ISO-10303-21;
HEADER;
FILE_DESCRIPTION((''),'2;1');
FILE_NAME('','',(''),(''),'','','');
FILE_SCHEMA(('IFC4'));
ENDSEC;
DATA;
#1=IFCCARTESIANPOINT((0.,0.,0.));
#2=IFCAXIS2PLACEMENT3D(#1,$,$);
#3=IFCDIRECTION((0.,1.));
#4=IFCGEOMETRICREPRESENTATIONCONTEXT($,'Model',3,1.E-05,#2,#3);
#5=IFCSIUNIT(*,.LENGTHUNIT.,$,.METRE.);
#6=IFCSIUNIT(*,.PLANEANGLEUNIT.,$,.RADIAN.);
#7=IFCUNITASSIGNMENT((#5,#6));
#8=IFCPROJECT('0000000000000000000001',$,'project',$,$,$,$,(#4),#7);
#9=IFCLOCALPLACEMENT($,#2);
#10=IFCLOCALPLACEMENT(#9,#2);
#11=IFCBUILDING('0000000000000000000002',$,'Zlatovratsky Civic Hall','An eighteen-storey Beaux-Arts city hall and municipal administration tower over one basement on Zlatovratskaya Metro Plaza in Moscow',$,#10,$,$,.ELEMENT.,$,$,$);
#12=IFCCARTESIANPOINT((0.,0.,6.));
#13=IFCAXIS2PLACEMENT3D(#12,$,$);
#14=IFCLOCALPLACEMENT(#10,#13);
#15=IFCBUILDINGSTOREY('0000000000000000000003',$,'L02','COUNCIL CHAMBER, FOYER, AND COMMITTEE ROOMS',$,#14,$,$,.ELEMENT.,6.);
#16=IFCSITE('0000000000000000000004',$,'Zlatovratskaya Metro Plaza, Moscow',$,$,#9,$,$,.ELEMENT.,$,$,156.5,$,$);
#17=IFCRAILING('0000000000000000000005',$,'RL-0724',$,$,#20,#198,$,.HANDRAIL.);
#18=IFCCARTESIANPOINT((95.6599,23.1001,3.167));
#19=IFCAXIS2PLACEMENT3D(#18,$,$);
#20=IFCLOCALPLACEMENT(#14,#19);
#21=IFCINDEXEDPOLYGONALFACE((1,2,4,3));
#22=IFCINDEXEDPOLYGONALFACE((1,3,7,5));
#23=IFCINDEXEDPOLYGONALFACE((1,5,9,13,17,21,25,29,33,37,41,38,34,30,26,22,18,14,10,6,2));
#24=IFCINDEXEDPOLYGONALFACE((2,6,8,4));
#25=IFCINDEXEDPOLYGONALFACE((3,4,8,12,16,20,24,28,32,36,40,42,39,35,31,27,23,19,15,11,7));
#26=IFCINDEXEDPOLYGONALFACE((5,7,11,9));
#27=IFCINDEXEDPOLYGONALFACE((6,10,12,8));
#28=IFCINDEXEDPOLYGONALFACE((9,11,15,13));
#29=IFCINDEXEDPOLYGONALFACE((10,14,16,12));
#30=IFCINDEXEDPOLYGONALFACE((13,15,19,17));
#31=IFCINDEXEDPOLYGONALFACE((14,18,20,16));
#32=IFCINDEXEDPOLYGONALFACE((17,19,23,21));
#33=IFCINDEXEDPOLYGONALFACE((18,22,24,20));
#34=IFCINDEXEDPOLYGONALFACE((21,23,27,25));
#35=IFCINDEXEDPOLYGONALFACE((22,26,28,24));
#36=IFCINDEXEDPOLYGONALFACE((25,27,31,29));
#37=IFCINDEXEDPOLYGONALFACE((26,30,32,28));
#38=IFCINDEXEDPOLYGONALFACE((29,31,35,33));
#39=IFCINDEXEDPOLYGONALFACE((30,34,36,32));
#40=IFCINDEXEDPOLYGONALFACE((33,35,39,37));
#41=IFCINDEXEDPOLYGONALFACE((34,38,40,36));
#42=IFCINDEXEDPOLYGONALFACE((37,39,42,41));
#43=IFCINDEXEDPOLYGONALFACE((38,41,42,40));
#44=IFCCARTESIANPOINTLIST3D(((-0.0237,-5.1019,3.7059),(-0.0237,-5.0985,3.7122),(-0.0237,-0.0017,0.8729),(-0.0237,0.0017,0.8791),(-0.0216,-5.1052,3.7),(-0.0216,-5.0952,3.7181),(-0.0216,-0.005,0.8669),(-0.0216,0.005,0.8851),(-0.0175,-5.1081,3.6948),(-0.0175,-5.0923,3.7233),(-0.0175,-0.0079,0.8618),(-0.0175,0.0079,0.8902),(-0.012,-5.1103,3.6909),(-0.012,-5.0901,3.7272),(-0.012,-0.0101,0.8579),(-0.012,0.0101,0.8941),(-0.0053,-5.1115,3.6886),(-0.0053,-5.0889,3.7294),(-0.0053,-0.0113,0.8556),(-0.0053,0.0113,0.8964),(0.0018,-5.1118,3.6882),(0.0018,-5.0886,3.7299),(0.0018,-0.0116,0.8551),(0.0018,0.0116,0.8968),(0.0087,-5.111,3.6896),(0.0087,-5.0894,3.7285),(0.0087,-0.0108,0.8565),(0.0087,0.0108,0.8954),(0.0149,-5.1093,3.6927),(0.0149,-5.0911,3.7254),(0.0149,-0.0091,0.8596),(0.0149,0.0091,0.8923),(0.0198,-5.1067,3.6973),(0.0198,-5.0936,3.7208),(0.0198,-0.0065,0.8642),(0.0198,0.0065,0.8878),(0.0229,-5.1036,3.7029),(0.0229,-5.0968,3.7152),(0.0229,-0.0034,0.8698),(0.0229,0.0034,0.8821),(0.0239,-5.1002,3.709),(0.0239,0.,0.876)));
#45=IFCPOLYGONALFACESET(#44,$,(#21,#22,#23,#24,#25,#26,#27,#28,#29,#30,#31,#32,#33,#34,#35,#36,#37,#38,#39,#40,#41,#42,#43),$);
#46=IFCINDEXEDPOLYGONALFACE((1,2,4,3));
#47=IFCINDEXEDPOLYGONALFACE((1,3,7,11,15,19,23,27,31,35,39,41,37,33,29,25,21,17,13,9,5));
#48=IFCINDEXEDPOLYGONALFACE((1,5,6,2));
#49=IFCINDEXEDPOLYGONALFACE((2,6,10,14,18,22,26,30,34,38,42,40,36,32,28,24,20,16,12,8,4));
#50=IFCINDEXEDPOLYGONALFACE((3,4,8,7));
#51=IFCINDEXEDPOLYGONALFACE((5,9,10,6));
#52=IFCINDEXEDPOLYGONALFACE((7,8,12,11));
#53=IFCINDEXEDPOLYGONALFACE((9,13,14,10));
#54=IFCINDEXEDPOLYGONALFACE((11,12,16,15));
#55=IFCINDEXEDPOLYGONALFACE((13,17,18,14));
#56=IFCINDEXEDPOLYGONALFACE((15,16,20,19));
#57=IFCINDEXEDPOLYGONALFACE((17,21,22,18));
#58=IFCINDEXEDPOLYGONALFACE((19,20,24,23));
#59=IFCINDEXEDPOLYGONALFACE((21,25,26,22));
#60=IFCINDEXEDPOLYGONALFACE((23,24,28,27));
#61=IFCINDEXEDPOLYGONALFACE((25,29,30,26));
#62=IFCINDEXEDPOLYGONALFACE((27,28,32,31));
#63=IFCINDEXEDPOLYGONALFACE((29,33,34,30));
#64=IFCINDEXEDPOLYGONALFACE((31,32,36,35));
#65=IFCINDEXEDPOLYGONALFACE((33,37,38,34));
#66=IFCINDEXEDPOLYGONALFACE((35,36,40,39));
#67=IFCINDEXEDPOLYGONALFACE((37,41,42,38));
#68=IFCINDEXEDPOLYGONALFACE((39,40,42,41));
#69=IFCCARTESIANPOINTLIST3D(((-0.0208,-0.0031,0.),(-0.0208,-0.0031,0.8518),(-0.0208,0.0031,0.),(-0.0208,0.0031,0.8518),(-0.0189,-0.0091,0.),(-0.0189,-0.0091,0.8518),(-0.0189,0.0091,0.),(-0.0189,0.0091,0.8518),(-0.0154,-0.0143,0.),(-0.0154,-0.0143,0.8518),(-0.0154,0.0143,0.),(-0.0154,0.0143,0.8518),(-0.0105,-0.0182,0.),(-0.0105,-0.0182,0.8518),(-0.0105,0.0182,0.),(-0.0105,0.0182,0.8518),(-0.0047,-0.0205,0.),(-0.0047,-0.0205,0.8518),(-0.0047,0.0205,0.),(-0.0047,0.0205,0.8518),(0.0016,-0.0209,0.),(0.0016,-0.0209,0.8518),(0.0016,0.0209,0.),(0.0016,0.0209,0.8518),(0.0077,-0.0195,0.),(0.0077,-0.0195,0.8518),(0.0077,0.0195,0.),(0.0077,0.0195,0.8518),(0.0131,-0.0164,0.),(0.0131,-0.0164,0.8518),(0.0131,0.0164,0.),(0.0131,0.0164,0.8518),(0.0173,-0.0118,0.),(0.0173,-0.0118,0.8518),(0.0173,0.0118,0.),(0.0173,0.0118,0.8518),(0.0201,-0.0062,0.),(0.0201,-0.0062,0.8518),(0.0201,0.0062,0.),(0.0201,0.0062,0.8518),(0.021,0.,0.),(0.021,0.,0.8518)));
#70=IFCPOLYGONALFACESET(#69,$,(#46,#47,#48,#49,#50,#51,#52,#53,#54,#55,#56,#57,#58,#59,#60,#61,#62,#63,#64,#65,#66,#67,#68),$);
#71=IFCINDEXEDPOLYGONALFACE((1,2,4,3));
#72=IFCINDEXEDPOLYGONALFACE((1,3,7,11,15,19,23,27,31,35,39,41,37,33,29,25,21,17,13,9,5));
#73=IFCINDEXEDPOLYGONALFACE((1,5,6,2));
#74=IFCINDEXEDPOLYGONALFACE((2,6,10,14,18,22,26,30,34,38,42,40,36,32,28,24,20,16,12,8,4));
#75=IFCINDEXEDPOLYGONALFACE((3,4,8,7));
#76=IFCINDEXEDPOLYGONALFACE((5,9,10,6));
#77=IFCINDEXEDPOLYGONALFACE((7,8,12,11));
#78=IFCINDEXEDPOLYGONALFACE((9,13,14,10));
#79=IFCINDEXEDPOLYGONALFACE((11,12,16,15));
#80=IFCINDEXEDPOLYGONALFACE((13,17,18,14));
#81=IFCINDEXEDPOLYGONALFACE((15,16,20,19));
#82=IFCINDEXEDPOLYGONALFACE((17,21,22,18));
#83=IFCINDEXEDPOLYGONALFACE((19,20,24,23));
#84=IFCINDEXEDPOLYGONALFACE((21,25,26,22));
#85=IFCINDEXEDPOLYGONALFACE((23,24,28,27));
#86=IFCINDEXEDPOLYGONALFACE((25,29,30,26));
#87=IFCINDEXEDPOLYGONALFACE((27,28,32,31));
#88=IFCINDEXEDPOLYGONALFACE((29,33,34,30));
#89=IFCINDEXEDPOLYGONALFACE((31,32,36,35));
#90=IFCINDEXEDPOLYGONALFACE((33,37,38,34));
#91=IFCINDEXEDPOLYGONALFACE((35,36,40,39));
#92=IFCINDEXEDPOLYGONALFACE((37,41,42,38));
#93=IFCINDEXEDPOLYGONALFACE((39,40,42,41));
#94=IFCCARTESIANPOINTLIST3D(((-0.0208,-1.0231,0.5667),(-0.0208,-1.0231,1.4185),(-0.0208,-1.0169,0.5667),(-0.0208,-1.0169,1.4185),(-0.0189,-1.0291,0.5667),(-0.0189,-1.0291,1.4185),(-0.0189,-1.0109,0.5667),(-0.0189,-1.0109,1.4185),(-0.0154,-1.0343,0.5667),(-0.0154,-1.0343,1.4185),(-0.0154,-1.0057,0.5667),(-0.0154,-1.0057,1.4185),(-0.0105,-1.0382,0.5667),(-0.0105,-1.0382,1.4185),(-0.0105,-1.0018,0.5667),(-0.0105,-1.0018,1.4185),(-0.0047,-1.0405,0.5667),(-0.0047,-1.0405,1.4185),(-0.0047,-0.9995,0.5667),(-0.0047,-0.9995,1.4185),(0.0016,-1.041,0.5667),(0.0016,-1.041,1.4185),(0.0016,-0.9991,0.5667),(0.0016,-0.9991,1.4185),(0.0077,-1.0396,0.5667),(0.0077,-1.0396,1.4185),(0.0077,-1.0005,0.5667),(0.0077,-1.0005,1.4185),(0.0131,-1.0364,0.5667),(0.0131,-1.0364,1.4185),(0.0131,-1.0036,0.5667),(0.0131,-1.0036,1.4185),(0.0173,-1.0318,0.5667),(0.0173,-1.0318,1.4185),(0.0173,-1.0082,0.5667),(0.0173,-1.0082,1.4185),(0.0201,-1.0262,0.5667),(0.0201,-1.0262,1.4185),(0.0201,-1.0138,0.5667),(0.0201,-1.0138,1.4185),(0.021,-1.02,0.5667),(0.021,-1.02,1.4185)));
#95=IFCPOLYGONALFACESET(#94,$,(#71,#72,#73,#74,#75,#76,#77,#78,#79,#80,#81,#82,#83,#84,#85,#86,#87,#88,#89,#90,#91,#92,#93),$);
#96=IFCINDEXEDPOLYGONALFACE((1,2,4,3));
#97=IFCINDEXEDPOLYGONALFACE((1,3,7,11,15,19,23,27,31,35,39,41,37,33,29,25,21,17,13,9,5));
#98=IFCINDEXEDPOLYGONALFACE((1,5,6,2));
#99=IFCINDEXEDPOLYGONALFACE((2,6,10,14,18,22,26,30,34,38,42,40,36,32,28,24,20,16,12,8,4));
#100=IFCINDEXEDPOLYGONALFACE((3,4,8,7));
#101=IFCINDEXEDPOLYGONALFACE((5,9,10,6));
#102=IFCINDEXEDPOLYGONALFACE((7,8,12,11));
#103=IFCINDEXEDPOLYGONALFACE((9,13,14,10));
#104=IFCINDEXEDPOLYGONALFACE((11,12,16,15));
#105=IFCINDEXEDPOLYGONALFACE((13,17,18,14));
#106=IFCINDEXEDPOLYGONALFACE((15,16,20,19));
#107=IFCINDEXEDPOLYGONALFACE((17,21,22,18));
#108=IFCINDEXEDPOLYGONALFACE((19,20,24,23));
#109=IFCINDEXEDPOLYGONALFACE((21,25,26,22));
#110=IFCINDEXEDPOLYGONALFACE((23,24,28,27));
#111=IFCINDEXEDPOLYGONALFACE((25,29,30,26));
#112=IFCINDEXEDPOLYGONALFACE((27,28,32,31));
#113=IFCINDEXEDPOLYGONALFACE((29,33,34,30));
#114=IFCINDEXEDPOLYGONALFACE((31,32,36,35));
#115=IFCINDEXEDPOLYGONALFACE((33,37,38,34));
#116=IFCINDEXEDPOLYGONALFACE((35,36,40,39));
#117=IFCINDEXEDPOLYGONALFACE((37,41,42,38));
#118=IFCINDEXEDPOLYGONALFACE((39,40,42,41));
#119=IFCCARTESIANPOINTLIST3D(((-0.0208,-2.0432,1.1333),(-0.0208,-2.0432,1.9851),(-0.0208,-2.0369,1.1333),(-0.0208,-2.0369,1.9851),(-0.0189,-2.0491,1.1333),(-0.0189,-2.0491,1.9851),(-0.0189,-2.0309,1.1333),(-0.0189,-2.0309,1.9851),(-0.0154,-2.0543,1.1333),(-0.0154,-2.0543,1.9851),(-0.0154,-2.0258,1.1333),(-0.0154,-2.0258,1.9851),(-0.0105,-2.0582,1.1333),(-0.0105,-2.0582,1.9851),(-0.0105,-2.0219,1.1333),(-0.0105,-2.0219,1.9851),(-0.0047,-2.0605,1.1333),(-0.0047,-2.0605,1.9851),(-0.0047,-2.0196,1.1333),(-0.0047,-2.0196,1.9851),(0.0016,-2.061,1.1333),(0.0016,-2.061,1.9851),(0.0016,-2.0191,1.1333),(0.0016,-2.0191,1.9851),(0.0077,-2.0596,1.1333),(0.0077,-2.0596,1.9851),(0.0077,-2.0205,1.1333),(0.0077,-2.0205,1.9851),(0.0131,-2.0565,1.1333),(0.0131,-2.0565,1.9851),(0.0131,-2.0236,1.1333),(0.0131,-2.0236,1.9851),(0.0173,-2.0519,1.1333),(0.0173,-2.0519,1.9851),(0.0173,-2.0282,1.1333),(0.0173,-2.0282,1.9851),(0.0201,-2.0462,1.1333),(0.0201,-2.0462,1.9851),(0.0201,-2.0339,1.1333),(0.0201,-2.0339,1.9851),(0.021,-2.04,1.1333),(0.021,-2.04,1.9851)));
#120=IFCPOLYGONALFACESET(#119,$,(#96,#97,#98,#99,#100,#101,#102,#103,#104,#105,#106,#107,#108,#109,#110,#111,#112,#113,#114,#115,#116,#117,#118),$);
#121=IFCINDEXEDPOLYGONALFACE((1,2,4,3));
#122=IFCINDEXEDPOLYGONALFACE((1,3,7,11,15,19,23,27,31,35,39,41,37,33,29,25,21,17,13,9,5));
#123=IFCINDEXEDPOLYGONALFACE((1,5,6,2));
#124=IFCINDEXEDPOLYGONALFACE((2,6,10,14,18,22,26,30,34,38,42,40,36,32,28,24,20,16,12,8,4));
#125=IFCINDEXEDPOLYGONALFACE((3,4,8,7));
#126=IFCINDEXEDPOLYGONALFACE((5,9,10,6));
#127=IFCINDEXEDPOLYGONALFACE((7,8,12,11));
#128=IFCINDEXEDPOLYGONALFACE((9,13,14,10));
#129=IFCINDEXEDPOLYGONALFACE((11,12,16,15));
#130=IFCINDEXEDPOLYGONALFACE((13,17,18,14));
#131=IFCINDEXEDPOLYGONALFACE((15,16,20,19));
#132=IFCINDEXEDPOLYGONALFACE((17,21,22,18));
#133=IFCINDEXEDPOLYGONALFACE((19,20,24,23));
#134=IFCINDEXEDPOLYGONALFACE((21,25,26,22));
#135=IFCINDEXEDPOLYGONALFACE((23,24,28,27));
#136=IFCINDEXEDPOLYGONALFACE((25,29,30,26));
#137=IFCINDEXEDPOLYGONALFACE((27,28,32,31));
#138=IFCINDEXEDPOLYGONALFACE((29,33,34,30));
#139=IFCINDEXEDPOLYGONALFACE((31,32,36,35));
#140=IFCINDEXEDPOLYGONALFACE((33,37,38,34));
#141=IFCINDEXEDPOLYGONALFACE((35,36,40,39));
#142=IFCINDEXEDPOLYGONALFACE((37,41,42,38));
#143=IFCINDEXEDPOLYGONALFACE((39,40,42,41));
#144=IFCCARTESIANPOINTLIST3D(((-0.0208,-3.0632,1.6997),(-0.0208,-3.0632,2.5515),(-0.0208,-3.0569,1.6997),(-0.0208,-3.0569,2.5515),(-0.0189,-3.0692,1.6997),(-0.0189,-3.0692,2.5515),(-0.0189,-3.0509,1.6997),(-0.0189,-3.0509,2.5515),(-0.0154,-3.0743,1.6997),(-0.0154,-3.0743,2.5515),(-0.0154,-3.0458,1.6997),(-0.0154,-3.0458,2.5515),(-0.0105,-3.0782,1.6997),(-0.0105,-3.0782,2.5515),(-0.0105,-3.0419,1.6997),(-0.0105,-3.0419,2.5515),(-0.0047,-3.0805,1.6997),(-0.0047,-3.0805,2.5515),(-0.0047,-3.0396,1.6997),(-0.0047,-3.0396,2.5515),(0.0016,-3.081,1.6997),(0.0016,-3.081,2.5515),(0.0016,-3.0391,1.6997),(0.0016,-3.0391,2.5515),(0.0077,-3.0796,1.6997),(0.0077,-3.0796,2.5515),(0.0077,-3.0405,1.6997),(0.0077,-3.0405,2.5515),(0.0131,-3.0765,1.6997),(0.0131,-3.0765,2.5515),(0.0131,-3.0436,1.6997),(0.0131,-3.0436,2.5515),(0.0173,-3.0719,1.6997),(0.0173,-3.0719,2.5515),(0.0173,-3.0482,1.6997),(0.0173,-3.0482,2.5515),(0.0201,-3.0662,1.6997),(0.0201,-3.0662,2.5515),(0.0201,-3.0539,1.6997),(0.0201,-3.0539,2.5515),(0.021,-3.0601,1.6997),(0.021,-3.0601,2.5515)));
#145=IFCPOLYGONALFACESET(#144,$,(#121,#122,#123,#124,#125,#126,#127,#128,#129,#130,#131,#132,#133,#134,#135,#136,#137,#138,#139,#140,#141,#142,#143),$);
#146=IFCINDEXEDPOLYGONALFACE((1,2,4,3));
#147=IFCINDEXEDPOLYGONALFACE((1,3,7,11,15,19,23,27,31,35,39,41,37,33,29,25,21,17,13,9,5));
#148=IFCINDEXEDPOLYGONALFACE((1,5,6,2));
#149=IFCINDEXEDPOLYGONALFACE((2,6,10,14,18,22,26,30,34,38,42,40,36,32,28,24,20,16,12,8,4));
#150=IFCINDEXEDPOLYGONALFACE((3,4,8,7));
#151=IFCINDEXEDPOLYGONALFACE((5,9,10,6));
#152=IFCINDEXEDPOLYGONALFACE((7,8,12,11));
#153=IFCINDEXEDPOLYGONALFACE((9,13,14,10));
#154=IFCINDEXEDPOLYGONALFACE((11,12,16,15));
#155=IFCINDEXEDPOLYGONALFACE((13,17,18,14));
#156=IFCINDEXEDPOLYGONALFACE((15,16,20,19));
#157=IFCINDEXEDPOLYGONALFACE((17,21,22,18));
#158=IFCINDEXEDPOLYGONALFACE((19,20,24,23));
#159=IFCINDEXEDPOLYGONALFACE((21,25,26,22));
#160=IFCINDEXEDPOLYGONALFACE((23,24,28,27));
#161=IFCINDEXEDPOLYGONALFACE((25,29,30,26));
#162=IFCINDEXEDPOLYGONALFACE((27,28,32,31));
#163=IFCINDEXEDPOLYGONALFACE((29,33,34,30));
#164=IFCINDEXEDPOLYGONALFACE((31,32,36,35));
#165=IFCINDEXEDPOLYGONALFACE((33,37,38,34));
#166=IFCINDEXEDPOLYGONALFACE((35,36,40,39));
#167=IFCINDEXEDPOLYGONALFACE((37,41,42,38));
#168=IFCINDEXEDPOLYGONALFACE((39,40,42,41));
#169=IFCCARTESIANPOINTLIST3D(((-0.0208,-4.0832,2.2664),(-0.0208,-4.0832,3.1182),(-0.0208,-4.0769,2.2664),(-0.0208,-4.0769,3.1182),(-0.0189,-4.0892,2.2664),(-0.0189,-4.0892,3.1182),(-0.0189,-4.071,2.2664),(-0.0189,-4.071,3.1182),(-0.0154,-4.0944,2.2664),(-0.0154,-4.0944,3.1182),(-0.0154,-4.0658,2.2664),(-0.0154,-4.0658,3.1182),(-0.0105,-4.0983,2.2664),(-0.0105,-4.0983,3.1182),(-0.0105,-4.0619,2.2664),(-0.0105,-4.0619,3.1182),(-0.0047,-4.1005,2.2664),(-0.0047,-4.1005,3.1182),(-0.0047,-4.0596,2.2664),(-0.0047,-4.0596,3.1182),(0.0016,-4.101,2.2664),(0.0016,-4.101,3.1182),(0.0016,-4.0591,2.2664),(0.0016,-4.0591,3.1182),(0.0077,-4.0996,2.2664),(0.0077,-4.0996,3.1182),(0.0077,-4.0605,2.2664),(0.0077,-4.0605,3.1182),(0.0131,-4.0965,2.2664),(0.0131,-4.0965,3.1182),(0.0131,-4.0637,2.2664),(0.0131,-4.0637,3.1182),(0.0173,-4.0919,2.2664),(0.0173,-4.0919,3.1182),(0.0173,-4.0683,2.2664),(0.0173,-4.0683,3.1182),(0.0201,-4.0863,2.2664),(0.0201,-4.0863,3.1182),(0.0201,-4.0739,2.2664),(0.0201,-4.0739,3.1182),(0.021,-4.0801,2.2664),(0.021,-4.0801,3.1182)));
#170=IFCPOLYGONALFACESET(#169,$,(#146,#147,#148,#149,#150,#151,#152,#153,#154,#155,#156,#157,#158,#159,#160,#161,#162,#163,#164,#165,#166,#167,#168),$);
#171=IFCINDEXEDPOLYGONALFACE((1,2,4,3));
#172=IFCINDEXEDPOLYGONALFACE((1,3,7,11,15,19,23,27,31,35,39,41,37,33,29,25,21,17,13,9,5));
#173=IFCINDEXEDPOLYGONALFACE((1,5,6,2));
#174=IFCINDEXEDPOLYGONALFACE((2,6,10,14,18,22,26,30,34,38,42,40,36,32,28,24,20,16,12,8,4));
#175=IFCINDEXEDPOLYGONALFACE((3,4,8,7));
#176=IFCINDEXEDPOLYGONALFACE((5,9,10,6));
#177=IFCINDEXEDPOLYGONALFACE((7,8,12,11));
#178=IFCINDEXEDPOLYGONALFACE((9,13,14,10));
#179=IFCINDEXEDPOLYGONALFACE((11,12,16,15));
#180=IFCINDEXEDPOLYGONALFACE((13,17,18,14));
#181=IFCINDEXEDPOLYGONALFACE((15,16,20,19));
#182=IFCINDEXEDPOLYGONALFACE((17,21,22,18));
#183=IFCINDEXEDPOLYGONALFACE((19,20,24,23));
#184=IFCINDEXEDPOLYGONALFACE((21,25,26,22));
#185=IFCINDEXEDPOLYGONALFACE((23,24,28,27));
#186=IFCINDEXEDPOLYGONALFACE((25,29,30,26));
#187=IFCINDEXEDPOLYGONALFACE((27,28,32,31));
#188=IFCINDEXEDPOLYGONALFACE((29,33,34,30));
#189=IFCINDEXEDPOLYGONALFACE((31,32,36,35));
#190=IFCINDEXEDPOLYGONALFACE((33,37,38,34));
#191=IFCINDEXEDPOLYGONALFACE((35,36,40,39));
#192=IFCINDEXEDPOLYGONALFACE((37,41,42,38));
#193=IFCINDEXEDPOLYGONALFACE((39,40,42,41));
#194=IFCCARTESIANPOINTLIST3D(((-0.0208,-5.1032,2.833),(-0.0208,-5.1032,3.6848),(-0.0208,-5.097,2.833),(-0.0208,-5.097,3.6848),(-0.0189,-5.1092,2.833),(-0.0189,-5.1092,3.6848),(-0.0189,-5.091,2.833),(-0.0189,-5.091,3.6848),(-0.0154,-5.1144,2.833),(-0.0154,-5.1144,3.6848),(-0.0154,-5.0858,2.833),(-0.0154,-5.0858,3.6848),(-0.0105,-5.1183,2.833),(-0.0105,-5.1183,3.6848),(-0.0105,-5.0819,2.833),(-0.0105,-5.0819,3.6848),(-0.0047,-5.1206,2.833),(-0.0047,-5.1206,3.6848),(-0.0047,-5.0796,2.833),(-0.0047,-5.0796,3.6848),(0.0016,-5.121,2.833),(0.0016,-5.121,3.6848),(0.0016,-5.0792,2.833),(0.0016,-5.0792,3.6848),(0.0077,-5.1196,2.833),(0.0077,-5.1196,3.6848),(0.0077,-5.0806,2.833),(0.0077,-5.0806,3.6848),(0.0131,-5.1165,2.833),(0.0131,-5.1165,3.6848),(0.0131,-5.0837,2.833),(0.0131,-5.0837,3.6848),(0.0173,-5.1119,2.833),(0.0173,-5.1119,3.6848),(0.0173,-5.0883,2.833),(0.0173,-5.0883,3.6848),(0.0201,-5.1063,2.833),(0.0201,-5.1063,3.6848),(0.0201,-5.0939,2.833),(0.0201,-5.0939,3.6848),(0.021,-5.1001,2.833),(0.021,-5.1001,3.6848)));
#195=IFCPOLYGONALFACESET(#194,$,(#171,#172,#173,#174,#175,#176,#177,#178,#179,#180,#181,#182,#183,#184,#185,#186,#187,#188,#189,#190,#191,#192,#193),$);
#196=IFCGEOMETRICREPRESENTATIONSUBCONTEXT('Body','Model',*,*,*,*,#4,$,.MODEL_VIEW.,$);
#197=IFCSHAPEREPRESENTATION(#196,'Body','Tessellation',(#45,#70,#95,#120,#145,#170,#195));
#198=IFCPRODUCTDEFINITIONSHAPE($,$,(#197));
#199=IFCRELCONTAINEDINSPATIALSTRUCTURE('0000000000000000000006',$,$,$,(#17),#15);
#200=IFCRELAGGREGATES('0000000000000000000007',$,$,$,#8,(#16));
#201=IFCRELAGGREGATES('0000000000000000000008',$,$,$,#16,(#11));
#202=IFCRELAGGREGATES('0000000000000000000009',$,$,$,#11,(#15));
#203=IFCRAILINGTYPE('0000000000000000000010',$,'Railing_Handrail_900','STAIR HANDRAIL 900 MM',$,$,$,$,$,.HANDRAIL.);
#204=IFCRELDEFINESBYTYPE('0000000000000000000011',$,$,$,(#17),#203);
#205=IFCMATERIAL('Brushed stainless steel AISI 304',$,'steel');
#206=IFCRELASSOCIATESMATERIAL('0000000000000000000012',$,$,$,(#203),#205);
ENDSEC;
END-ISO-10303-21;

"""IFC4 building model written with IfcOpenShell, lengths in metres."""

from ifc_helpers import new_model, si_unit, direction, frame, origin, origin_2d, place, context, subcontext, project, spatial, circle, extrude, material, type_object, element, save


model = new_model("IFC4")

# Units and contexts
model_context = context("Model", 3, precision=1e-05, world=origin(), true_north=direction((0.0, 1.0)))
body_context = subcontext(model_context, "Body", "Model", "MODEL_VIEW")
ifc_project = project(units=[si_unit("LENGTHUNIT", "METRE"), si_unit("PLANEANGLEUNIT", "RADIAN")], contexts=[model_context])

# Site, building, storey
site_placement = place(None, origin())
site = spatial("IfcSite", under=ifc_project, at=site_placement, Name="Zlatovratskaya Metro Plaza, Moscow", CompositionType="ELEMENT", RefElevation=156.5)
building_placement = place(site_placement, origin())
building = spatial("IfcBuilding", under=site, at=building_placement, Name="Zlatovratsky Civic Hall", Description="An eighteen-storey Beaux-Arts city hall and municipal administration tower over one basement on Zlatovratskaya Metro Plaza in Moscow", CompositionType="ELEMENT")
storey_placement = place(building_placement, frame((0.0, 0.0, 6.0)))
storey = spatial("IfcBuildingStorey", under=building, at=storey_placement, Name="L02", Description="COUNCIL CHAMBER, FOYER, AND COMMITTEE ROOMS", CompositionType="ELEMENT", Elevation=6.0)

# Railing
ifc_material_1 = material(Name="Brushed stainless steel AISI 304", Category="steel")
railing_type_1 = type_object("IfcRailingType", Name="Railing_Handrail_900", Description="STAIR HANDRAIL 900 MM", PredefinedType="HANDRAIL", material=ifc_material_1)
railing_1_placement = place(storey_placement, frame((95.6599, 23.1001, 3.167)))
element("IfcRailing", 1, at=railing_1_placement, inside=storey, type_object=railing_type_1, Name="RL-0724", PredefinedType="HANDRAIL", context=body_context, shape_type="SweptSolid", body=[
    extrude(circle(Radius=0.0239, at=origin_2d()), frame((0.0, 0.0, 0.876), z_axis=(0.0, -0.874185, 0.485593), x_axis=(1.0, 0.0, 0.0)), (0.0, 0.0, 1.0), 5.8342),
    extrude(circle(Radius=0.021, at=origin_2d()), origin(), (0.0, 0.0, 1.0), 0.8518),
    extrude(circle(Radius=0.021, at=origin_2d()), frame((0.0, -1.02, 0.5667)), (0.0, 0.0, 1.0), 0.8518),
    extrude(circle(Radius=0.021, at=origin_2d()), frame((0.0, -2.04, 1.1333)), (0.0, 0.0, 1.0), 0.8518),
    extrude(circle(Radius=0.021, at=origin_2d()), frame((0.0, -3.0601, 1.6997)), (0.0, 0.0, 1.0), 0.8518),
    extrude(circle(Radius=0.021, at=origin_2d()), frame((0.0, -4.0801, 2.2664)), (0.0, 0.0, 1.0), 0.8518),
    extrude(circle(Radius=0.021, at=origin_2d()), frame((0.0, -5.1001, 2.833)), (0.0, 0.0, 1.0), 0.8518),
])

save(model, "model.ifc")
